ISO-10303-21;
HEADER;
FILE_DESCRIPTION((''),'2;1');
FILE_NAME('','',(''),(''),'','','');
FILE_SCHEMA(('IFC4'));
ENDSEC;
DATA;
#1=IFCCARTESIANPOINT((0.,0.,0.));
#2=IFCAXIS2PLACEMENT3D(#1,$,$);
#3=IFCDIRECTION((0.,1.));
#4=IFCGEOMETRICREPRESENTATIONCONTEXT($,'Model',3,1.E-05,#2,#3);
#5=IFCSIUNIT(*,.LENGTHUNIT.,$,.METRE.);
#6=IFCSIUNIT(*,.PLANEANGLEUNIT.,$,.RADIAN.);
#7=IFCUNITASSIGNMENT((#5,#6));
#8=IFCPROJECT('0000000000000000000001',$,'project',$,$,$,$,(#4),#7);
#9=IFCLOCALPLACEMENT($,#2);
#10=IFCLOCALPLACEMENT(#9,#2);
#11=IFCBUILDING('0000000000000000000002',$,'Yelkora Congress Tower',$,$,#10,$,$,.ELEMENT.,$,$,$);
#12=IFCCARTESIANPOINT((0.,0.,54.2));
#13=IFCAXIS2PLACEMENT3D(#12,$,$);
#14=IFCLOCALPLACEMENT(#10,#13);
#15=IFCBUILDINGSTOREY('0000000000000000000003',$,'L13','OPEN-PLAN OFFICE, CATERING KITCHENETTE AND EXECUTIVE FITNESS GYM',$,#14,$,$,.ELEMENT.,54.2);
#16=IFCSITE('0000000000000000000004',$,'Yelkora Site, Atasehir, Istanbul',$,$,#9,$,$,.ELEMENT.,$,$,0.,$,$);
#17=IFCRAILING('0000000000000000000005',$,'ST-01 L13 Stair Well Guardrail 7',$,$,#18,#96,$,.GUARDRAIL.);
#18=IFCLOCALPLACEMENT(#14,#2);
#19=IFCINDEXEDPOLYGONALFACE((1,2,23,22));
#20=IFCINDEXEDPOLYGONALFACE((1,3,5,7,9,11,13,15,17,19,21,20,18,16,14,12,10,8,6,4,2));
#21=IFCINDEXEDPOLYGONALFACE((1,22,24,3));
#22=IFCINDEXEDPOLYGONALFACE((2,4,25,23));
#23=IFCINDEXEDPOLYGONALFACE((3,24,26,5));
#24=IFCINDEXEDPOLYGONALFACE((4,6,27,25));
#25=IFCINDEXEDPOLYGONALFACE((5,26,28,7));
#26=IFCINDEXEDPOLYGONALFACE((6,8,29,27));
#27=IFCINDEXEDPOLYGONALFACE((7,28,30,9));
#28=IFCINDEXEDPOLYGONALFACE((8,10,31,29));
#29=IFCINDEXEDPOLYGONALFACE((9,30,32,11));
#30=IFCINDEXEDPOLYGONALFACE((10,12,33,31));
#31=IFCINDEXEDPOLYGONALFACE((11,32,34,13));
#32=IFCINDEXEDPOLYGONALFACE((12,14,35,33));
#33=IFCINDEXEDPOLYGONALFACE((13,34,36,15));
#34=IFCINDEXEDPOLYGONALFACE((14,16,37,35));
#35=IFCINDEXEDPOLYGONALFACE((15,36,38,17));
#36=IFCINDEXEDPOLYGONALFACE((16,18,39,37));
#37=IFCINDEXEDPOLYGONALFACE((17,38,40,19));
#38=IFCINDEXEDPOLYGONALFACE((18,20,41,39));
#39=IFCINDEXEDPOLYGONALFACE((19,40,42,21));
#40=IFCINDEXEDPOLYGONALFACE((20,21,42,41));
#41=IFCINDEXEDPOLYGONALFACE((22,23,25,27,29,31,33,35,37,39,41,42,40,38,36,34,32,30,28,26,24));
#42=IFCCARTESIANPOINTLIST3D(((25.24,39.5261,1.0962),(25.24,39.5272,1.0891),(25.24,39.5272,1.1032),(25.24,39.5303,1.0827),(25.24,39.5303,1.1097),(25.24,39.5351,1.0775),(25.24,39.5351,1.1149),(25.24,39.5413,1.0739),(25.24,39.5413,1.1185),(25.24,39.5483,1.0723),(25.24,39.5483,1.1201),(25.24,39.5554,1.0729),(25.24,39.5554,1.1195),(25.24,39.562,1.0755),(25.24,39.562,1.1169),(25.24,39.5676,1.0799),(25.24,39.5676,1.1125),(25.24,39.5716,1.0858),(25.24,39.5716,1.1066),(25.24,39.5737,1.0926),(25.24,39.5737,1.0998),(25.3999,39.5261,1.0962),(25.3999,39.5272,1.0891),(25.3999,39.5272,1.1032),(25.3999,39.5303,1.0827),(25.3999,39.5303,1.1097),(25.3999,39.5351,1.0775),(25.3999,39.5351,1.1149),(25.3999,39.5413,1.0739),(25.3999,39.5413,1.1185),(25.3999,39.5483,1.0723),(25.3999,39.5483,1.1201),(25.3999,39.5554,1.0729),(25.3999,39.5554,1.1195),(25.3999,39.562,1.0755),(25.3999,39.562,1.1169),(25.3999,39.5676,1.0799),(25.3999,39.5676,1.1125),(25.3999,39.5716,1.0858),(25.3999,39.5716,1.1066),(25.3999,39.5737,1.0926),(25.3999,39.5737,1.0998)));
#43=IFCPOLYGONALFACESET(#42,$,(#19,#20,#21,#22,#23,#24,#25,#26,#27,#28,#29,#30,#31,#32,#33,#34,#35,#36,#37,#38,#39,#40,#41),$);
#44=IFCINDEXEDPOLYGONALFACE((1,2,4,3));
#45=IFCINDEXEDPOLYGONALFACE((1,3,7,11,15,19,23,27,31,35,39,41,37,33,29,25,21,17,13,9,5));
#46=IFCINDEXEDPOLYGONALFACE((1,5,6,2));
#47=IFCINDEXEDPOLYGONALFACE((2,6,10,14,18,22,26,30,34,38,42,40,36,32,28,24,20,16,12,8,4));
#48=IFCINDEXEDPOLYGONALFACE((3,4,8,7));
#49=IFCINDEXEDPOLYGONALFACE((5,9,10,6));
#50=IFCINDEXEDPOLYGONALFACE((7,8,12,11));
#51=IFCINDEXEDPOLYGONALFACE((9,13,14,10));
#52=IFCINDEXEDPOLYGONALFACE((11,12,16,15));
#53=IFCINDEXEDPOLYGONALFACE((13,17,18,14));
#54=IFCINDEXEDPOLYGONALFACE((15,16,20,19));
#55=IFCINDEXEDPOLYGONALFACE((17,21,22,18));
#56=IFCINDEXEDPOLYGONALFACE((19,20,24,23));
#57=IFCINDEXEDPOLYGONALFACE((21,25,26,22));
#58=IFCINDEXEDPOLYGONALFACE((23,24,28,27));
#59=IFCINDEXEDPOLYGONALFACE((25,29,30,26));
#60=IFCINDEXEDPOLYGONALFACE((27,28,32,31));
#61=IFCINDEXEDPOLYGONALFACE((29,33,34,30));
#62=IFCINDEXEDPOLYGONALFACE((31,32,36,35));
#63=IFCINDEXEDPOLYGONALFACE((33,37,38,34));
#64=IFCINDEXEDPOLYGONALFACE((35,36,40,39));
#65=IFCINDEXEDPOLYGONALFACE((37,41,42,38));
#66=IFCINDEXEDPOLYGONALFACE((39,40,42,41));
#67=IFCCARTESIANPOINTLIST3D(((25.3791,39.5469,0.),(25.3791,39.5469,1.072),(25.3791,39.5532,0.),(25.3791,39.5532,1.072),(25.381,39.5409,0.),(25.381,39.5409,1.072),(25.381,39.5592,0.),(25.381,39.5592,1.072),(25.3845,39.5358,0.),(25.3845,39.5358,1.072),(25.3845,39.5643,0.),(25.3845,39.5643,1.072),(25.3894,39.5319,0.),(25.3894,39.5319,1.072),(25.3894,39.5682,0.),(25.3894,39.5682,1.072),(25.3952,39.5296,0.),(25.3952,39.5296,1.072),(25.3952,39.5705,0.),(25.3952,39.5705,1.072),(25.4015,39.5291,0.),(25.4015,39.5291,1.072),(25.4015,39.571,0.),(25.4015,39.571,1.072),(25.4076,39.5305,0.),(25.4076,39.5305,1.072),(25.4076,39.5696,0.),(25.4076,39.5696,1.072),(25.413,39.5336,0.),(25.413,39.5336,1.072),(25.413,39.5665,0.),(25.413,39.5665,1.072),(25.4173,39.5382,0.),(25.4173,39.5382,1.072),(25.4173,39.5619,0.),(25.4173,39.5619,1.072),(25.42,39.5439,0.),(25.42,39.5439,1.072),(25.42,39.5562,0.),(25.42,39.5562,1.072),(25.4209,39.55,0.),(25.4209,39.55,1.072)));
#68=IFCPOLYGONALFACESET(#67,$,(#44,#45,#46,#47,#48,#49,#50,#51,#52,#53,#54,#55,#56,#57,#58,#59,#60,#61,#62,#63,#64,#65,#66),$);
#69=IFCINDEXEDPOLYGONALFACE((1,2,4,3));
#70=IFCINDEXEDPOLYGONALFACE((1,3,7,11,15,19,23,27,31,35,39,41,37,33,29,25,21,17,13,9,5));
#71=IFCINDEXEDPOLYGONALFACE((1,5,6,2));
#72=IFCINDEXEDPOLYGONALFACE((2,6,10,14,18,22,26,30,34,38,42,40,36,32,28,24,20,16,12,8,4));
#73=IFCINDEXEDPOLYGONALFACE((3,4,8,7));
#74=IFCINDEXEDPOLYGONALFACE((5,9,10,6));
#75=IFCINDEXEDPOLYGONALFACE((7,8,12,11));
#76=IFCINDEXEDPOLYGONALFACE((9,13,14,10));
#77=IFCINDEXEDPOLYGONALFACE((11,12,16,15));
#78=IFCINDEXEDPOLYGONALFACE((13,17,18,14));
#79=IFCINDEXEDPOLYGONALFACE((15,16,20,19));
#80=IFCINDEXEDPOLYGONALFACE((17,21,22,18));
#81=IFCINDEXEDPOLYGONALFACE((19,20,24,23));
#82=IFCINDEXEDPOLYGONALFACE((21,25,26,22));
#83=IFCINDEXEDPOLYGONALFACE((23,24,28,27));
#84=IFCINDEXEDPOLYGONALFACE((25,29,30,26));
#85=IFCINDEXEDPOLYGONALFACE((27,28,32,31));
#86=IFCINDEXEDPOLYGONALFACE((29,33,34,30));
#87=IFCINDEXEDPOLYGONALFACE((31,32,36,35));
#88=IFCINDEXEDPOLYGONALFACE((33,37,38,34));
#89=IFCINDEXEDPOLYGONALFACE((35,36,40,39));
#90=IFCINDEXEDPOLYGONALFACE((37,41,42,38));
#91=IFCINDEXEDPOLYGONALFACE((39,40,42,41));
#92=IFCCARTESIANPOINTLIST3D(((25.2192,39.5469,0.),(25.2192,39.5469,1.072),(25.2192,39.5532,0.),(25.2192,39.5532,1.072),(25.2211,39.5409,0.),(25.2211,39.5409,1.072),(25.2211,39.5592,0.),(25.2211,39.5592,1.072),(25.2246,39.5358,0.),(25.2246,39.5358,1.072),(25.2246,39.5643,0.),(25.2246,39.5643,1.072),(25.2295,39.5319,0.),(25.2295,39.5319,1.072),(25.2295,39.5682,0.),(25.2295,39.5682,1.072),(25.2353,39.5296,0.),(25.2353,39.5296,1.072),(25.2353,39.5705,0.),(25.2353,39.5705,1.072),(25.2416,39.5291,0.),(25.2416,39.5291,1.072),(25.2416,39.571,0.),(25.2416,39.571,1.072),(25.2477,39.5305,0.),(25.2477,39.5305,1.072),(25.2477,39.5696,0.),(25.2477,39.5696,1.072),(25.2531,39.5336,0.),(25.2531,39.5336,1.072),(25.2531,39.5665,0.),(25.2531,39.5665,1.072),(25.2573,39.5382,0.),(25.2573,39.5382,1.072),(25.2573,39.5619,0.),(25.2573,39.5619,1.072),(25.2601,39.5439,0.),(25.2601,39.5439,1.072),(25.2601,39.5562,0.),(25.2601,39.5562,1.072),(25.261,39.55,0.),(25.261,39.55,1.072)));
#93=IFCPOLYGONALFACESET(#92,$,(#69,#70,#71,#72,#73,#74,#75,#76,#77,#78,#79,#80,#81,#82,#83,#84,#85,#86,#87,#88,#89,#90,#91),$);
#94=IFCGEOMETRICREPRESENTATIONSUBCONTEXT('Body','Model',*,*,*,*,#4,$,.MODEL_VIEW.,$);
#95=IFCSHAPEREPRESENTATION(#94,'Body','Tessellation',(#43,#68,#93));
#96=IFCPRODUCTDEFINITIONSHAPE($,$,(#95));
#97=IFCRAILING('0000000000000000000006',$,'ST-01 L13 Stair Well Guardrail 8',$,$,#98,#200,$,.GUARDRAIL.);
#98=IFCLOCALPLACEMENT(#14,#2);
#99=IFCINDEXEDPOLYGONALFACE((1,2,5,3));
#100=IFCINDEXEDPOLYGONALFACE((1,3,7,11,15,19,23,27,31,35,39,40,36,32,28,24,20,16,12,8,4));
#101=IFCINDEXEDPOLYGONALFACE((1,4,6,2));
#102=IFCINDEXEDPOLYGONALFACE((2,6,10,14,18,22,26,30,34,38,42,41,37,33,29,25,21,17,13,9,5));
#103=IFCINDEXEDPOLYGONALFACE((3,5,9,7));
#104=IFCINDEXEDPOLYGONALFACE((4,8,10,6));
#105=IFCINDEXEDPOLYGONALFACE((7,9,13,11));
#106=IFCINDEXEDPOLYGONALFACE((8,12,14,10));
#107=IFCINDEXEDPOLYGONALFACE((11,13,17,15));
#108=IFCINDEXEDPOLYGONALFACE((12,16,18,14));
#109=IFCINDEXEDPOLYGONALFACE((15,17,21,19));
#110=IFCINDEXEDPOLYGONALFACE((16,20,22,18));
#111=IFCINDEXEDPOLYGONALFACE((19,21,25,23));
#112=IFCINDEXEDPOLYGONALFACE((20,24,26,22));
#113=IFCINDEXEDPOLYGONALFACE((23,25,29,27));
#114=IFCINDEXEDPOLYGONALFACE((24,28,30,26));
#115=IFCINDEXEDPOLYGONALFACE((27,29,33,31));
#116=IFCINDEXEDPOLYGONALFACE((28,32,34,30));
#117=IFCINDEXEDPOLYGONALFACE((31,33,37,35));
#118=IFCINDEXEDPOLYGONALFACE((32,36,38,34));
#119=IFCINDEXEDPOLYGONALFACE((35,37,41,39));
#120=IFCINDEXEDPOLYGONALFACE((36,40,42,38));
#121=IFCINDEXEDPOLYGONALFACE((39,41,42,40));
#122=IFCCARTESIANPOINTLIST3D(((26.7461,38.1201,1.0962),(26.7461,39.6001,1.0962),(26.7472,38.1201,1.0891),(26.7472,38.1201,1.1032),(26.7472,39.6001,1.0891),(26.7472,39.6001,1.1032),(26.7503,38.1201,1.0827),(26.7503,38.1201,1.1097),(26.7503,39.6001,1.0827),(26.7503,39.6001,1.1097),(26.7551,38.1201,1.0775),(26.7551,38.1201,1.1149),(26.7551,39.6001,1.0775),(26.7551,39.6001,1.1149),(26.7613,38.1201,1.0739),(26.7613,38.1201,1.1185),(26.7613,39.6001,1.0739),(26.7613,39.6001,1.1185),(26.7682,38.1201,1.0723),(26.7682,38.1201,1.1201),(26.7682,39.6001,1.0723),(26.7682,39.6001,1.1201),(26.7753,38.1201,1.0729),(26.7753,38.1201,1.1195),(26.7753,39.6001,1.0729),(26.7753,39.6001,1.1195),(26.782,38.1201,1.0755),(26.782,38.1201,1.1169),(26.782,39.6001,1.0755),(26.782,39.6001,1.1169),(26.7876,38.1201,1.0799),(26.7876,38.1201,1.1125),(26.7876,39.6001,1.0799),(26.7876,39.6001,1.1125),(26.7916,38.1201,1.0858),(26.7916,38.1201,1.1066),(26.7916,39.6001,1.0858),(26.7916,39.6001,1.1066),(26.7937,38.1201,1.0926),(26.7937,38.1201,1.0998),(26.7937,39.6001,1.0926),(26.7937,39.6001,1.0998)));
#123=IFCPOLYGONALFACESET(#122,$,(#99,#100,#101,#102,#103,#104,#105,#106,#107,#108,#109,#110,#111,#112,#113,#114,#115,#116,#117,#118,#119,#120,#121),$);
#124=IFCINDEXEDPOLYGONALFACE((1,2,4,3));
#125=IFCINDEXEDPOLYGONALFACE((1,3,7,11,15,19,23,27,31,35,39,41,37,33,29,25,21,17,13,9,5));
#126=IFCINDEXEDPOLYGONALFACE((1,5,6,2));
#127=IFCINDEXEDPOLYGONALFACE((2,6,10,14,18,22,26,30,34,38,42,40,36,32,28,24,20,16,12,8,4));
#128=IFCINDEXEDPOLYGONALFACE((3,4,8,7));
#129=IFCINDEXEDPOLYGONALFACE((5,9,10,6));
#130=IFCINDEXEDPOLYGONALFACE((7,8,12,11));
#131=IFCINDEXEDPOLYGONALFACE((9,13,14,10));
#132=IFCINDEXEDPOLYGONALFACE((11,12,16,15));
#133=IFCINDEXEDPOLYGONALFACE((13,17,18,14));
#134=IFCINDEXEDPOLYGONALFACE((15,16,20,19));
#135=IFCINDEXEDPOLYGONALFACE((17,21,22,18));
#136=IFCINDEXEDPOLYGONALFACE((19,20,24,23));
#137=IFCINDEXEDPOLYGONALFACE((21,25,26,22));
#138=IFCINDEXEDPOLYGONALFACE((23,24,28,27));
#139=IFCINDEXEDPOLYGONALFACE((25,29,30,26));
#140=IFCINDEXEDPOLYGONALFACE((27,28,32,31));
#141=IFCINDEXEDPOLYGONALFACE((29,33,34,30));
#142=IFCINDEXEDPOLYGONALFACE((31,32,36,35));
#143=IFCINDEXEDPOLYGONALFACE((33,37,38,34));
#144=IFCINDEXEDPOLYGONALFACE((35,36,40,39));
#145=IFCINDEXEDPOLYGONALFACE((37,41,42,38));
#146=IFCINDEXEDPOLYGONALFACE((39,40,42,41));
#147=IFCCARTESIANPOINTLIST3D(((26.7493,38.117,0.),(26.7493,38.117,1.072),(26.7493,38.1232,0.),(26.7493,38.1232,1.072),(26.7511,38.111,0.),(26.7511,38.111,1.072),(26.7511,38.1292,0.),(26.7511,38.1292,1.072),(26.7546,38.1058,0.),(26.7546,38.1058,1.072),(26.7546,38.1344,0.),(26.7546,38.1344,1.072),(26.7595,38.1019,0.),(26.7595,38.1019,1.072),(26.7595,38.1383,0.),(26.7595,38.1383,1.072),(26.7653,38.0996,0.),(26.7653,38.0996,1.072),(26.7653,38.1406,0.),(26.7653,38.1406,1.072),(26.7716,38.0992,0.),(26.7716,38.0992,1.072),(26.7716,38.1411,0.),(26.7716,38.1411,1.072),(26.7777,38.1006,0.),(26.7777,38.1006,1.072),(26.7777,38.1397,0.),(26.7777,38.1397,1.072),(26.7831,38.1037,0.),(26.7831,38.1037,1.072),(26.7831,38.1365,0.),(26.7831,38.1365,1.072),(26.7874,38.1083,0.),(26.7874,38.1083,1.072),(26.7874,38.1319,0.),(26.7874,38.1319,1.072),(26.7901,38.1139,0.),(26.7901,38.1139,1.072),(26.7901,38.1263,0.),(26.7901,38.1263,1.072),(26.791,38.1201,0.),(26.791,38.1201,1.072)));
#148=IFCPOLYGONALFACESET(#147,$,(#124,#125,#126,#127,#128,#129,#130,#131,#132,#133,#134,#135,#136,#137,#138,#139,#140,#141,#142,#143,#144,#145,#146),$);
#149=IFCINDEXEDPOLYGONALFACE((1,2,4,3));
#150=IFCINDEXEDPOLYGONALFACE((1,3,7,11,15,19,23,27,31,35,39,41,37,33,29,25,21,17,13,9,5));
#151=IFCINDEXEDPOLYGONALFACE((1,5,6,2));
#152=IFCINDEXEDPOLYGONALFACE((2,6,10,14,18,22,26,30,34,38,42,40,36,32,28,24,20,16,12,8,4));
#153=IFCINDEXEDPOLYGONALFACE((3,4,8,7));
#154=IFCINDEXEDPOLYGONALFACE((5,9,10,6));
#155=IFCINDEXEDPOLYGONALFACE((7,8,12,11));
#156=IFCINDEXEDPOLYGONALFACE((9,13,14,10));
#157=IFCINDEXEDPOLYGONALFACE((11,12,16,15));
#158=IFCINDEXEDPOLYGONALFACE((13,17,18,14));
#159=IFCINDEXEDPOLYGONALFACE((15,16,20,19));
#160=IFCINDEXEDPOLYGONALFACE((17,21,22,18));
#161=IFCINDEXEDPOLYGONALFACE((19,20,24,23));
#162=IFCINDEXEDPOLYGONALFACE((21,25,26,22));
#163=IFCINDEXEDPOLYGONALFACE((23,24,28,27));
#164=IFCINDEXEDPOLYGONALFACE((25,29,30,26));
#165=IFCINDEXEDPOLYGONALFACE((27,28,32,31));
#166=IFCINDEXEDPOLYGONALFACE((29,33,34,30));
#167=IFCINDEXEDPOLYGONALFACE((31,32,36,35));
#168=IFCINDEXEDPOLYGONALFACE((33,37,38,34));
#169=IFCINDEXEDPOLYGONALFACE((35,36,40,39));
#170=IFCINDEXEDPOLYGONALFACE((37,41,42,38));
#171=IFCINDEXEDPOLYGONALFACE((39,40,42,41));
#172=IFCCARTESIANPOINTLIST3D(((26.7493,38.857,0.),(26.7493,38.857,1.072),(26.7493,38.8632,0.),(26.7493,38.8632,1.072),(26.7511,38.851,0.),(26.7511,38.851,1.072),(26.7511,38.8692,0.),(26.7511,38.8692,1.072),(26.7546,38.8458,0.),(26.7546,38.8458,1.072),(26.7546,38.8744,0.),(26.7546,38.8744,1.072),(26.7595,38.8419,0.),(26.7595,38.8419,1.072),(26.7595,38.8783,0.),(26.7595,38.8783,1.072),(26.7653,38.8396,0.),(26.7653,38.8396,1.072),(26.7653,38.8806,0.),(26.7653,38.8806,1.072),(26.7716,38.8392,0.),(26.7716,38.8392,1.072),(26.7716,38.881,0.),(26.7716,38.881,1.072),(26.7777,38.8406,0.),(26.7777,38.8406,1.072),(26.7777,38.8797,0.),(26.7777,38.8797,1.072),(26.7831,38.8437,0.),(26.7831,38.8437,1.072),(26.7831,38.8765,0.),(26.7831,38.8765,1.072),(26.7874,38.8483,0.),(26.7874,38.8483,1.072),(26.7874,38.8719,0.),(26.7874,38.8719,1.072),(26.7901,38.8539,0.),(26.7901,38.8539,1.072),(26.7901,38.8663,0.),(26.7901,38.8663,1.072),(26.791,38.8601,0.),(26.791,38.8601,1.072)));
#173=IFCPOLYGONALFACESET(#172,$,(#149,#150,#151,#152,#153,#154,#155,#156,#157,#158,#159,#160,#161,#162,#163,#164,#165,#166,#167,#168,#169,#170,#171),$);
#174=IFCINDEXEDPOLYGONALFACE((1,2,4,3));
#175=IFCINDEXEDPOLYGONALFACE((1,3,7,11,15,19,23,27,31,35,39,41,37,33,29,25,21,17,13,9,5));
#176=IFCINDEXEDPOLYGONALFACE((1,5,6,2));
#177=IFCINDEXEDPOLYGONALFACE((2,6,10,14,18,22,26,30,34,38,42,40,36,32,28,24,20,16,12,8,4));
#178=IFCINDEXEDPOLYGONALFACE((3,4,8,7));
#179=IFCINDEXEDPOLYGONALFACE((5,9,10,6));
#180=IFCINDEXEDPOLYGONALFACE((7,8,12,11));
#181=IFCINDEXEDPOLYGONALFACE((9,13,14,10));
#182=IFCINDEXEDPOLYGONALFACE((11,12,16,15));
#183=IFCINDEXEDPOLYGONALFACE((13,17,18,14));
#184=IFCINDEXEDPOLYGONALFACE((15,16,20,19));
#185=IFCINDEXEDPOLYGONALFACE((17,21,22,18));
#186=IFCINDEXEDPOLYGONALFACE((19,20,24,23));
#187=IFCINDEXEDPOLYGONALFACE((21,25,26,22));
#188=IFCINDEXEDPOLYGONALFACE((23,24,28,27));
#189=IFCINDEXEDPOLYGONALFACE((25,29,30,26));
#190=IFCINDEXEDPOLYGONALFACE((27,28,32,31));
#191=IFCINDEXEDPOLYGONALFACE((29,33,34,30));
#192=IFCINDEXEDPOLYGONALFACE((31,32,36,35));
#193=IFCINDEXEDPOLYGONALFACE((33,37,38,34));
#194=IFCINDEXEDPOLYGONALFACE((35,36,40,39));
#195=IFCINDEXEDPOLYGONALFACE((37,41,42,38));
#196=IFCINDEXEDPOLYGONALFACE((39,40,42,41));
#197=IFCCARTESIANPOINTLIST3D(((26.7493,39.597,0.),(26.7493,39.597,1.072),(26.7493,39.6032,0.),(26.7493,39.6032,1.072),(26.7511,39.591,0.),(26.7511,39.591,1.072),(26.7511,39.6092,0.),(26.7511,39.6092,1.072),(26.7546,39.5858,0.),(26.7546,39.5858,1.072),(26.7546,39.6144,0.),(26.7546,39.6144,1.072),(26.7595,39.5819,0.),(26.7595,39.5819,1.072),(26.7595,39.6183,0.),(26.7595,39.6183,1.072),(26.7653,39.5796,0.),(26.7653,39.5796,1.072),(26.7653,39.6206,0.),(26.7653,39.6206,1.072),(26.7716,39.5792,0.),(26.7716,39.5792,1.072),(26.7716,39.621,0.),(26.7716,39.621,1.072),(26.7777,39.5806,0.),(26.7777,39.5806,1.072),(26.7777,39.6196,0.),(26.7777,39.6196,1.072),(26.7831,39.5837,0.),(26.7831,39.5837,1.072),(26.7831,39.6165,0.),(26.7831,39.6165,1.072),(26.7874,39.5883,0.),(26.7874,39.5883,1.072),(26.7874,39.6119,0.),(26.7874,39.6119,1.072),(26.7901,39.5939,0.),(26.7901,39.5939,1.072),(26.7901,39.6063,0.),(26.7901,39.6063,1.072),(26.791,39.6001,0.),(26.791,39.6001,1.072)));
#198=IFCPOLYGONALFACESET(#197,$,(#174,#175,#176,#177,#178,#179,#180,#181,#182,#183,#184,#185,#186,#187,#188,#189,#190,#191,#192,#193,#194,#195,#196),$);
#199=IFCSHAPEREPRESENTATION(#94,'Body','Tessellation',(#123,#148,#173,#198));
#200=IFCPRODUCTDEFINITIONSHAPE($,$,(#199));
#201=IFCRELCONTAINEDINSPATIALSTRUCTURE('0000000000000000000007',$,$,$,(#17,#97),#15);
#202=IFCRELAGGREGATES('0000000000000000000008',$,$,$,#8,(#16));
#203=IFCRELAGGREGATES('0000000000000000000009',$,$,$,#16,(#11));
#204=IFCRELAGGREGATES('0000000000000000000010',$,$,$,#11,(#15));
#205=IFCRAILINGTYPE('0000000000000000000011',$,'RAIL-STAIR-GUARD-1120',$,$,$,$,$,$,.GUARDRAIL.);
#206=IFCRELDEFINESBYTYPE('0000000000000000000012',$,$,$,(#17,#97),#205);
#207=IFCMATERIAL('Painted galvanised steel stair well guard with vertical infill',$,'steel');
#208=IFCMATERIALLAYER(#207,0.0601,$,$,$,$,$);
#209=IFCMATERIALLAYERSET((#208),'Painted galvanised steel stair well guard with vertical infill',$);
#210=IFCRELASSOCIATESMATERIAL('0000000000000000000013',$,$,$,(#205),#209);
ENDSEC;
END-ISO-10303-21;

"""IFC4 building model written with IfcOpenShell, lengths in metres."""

from ifc_helpers import new_model, si_unit, direction, frame, origin, origin_2d, place, context, subcontext, project, spatial, circle, extrude, material, layer, layer_set, type_object, element, save


model = new_model("IFC4")

# Units and contexts
model_context = context("Model", 3, precision=1e-05, world=origin(), true_north=direction((0.0, 1.0)))
body_context = subcontext(model_context, "Body", "Model", "MODEL_VIEW")
ifc_project = project(units=[si_unit("LENGTHUNIT", "METRE"), si_unit("PLANEANGLEUNIT", "RADIAN")], contexts=[model_context])

# Site, building, storey
site_placement = place(None, origin())
site = spatial("IfcSite", under=ifc_project, at=site_placement, Name="Yelkora Site, Atasehir, Istanbul", CompositionType="ELEMENT", RefElevation=0.0)
building_placement = place(site_placement, origin())
building = spatial("IfcBuilding", under=site, at=building_placement, Name="Yelkora Congress Tower", CompositionType="ELEMENT")
storey_placement = place(building_placement, frame((0.0, 0.0, 54.2)))
storey = spatial("IfcBuildingStorey", under=building, at=storey_placement, Name="L13", Description="OPEN-PLAN OFFICE, CATERING KITCHENETTE AND EXECUTIVE FITNESS GYM", CompositionType="ELEMENT", Elevation=54.2)

# Railings
ifc_material_1 = material(Name="Painted galvanised steel stair well guard with vertical infill", Category="steel")
ifc_layer_1 = layer(ifc_material_1, 0.0601)
ifc_layer_set_1 = layer_set([ifc_layer_1], Name="Painted galvanised steel stair well guard with vertical infill")
railing_type_1 = type_object("IfcRailingType", Name="RAIL-STAIR-GUARD-1120", PredefinedType="GUARDRAIL", material=ifc_layer_set_1)
railing_1_placement = place(storey_placement, frame((25.3999, 39.55, 0.0)))
element("IfcRailing", 1, at=railing_1_placement, inside=storey, type_object=railing_type_1, Name="ST-01 L13 Stair Well Guardrail 7", PredefinedType="GUARDRAIL", context=body_context, shape_type="SweptSolid", body=[
    extrude(circle(Radius=0.0239, at=origin_2d()), frame((0.0, 0.0, 1.0962), z_axis=(-1.0, 0.0, 0.0), x_axis=(0.0, -1.0, 0.0)), (0.0, 0.0, 1.0), 0.1599),
    extrude(circle(Radius=0.021, at=origin_2d()), origin(), (0.0, 0.0, 1.0), 1.072),
    extrude(circle(Radius=0.021, at=origin_2d()), frame((-0.1599, 0.0, 0.0)), (0.0, 0.0, 1.0), 1.072),
])
for number, where, name in (
    (2, (26.77, 38.1201, 0.0), "ST-01 L13 Stair Well Guardrail 8"),
):
    element("IfcRailing", number, at=place(storey_placement, frame(where)), inside=storey, type_object=railing_type_1, Name=name, PredefinedType="GUARDRAIL", context=body_context, shape_type="SweptSolid", body=[
        extrude(circle(Radius=0.0239, at=origin_2d()), frame((0.0, 0.0, 1.0962), z_axis=(0.0, 1.0, 0.0), x_axis=(-1.0, 0.0, 0.0)), (0.0, 0.0, 1.0), 1.48),
        extrude(circle(Radius=0.021, at=origin_2d()), origin(), (0.0, 0.0, 1.0), 1.072),
        extrude(circle(Radius=0.021, at=origin_2d()), frame((0.0, 0.74, 0.0)), (0.0, 0.0, 1.0), 1.072),
        extrude(circle(Radius=0.021, at=origin_2d()), frame((0.0, 1.48, 0.0)), (0.0, 0.0, 1.0), 1.072),
    ])

save(model, "model.ifc")
